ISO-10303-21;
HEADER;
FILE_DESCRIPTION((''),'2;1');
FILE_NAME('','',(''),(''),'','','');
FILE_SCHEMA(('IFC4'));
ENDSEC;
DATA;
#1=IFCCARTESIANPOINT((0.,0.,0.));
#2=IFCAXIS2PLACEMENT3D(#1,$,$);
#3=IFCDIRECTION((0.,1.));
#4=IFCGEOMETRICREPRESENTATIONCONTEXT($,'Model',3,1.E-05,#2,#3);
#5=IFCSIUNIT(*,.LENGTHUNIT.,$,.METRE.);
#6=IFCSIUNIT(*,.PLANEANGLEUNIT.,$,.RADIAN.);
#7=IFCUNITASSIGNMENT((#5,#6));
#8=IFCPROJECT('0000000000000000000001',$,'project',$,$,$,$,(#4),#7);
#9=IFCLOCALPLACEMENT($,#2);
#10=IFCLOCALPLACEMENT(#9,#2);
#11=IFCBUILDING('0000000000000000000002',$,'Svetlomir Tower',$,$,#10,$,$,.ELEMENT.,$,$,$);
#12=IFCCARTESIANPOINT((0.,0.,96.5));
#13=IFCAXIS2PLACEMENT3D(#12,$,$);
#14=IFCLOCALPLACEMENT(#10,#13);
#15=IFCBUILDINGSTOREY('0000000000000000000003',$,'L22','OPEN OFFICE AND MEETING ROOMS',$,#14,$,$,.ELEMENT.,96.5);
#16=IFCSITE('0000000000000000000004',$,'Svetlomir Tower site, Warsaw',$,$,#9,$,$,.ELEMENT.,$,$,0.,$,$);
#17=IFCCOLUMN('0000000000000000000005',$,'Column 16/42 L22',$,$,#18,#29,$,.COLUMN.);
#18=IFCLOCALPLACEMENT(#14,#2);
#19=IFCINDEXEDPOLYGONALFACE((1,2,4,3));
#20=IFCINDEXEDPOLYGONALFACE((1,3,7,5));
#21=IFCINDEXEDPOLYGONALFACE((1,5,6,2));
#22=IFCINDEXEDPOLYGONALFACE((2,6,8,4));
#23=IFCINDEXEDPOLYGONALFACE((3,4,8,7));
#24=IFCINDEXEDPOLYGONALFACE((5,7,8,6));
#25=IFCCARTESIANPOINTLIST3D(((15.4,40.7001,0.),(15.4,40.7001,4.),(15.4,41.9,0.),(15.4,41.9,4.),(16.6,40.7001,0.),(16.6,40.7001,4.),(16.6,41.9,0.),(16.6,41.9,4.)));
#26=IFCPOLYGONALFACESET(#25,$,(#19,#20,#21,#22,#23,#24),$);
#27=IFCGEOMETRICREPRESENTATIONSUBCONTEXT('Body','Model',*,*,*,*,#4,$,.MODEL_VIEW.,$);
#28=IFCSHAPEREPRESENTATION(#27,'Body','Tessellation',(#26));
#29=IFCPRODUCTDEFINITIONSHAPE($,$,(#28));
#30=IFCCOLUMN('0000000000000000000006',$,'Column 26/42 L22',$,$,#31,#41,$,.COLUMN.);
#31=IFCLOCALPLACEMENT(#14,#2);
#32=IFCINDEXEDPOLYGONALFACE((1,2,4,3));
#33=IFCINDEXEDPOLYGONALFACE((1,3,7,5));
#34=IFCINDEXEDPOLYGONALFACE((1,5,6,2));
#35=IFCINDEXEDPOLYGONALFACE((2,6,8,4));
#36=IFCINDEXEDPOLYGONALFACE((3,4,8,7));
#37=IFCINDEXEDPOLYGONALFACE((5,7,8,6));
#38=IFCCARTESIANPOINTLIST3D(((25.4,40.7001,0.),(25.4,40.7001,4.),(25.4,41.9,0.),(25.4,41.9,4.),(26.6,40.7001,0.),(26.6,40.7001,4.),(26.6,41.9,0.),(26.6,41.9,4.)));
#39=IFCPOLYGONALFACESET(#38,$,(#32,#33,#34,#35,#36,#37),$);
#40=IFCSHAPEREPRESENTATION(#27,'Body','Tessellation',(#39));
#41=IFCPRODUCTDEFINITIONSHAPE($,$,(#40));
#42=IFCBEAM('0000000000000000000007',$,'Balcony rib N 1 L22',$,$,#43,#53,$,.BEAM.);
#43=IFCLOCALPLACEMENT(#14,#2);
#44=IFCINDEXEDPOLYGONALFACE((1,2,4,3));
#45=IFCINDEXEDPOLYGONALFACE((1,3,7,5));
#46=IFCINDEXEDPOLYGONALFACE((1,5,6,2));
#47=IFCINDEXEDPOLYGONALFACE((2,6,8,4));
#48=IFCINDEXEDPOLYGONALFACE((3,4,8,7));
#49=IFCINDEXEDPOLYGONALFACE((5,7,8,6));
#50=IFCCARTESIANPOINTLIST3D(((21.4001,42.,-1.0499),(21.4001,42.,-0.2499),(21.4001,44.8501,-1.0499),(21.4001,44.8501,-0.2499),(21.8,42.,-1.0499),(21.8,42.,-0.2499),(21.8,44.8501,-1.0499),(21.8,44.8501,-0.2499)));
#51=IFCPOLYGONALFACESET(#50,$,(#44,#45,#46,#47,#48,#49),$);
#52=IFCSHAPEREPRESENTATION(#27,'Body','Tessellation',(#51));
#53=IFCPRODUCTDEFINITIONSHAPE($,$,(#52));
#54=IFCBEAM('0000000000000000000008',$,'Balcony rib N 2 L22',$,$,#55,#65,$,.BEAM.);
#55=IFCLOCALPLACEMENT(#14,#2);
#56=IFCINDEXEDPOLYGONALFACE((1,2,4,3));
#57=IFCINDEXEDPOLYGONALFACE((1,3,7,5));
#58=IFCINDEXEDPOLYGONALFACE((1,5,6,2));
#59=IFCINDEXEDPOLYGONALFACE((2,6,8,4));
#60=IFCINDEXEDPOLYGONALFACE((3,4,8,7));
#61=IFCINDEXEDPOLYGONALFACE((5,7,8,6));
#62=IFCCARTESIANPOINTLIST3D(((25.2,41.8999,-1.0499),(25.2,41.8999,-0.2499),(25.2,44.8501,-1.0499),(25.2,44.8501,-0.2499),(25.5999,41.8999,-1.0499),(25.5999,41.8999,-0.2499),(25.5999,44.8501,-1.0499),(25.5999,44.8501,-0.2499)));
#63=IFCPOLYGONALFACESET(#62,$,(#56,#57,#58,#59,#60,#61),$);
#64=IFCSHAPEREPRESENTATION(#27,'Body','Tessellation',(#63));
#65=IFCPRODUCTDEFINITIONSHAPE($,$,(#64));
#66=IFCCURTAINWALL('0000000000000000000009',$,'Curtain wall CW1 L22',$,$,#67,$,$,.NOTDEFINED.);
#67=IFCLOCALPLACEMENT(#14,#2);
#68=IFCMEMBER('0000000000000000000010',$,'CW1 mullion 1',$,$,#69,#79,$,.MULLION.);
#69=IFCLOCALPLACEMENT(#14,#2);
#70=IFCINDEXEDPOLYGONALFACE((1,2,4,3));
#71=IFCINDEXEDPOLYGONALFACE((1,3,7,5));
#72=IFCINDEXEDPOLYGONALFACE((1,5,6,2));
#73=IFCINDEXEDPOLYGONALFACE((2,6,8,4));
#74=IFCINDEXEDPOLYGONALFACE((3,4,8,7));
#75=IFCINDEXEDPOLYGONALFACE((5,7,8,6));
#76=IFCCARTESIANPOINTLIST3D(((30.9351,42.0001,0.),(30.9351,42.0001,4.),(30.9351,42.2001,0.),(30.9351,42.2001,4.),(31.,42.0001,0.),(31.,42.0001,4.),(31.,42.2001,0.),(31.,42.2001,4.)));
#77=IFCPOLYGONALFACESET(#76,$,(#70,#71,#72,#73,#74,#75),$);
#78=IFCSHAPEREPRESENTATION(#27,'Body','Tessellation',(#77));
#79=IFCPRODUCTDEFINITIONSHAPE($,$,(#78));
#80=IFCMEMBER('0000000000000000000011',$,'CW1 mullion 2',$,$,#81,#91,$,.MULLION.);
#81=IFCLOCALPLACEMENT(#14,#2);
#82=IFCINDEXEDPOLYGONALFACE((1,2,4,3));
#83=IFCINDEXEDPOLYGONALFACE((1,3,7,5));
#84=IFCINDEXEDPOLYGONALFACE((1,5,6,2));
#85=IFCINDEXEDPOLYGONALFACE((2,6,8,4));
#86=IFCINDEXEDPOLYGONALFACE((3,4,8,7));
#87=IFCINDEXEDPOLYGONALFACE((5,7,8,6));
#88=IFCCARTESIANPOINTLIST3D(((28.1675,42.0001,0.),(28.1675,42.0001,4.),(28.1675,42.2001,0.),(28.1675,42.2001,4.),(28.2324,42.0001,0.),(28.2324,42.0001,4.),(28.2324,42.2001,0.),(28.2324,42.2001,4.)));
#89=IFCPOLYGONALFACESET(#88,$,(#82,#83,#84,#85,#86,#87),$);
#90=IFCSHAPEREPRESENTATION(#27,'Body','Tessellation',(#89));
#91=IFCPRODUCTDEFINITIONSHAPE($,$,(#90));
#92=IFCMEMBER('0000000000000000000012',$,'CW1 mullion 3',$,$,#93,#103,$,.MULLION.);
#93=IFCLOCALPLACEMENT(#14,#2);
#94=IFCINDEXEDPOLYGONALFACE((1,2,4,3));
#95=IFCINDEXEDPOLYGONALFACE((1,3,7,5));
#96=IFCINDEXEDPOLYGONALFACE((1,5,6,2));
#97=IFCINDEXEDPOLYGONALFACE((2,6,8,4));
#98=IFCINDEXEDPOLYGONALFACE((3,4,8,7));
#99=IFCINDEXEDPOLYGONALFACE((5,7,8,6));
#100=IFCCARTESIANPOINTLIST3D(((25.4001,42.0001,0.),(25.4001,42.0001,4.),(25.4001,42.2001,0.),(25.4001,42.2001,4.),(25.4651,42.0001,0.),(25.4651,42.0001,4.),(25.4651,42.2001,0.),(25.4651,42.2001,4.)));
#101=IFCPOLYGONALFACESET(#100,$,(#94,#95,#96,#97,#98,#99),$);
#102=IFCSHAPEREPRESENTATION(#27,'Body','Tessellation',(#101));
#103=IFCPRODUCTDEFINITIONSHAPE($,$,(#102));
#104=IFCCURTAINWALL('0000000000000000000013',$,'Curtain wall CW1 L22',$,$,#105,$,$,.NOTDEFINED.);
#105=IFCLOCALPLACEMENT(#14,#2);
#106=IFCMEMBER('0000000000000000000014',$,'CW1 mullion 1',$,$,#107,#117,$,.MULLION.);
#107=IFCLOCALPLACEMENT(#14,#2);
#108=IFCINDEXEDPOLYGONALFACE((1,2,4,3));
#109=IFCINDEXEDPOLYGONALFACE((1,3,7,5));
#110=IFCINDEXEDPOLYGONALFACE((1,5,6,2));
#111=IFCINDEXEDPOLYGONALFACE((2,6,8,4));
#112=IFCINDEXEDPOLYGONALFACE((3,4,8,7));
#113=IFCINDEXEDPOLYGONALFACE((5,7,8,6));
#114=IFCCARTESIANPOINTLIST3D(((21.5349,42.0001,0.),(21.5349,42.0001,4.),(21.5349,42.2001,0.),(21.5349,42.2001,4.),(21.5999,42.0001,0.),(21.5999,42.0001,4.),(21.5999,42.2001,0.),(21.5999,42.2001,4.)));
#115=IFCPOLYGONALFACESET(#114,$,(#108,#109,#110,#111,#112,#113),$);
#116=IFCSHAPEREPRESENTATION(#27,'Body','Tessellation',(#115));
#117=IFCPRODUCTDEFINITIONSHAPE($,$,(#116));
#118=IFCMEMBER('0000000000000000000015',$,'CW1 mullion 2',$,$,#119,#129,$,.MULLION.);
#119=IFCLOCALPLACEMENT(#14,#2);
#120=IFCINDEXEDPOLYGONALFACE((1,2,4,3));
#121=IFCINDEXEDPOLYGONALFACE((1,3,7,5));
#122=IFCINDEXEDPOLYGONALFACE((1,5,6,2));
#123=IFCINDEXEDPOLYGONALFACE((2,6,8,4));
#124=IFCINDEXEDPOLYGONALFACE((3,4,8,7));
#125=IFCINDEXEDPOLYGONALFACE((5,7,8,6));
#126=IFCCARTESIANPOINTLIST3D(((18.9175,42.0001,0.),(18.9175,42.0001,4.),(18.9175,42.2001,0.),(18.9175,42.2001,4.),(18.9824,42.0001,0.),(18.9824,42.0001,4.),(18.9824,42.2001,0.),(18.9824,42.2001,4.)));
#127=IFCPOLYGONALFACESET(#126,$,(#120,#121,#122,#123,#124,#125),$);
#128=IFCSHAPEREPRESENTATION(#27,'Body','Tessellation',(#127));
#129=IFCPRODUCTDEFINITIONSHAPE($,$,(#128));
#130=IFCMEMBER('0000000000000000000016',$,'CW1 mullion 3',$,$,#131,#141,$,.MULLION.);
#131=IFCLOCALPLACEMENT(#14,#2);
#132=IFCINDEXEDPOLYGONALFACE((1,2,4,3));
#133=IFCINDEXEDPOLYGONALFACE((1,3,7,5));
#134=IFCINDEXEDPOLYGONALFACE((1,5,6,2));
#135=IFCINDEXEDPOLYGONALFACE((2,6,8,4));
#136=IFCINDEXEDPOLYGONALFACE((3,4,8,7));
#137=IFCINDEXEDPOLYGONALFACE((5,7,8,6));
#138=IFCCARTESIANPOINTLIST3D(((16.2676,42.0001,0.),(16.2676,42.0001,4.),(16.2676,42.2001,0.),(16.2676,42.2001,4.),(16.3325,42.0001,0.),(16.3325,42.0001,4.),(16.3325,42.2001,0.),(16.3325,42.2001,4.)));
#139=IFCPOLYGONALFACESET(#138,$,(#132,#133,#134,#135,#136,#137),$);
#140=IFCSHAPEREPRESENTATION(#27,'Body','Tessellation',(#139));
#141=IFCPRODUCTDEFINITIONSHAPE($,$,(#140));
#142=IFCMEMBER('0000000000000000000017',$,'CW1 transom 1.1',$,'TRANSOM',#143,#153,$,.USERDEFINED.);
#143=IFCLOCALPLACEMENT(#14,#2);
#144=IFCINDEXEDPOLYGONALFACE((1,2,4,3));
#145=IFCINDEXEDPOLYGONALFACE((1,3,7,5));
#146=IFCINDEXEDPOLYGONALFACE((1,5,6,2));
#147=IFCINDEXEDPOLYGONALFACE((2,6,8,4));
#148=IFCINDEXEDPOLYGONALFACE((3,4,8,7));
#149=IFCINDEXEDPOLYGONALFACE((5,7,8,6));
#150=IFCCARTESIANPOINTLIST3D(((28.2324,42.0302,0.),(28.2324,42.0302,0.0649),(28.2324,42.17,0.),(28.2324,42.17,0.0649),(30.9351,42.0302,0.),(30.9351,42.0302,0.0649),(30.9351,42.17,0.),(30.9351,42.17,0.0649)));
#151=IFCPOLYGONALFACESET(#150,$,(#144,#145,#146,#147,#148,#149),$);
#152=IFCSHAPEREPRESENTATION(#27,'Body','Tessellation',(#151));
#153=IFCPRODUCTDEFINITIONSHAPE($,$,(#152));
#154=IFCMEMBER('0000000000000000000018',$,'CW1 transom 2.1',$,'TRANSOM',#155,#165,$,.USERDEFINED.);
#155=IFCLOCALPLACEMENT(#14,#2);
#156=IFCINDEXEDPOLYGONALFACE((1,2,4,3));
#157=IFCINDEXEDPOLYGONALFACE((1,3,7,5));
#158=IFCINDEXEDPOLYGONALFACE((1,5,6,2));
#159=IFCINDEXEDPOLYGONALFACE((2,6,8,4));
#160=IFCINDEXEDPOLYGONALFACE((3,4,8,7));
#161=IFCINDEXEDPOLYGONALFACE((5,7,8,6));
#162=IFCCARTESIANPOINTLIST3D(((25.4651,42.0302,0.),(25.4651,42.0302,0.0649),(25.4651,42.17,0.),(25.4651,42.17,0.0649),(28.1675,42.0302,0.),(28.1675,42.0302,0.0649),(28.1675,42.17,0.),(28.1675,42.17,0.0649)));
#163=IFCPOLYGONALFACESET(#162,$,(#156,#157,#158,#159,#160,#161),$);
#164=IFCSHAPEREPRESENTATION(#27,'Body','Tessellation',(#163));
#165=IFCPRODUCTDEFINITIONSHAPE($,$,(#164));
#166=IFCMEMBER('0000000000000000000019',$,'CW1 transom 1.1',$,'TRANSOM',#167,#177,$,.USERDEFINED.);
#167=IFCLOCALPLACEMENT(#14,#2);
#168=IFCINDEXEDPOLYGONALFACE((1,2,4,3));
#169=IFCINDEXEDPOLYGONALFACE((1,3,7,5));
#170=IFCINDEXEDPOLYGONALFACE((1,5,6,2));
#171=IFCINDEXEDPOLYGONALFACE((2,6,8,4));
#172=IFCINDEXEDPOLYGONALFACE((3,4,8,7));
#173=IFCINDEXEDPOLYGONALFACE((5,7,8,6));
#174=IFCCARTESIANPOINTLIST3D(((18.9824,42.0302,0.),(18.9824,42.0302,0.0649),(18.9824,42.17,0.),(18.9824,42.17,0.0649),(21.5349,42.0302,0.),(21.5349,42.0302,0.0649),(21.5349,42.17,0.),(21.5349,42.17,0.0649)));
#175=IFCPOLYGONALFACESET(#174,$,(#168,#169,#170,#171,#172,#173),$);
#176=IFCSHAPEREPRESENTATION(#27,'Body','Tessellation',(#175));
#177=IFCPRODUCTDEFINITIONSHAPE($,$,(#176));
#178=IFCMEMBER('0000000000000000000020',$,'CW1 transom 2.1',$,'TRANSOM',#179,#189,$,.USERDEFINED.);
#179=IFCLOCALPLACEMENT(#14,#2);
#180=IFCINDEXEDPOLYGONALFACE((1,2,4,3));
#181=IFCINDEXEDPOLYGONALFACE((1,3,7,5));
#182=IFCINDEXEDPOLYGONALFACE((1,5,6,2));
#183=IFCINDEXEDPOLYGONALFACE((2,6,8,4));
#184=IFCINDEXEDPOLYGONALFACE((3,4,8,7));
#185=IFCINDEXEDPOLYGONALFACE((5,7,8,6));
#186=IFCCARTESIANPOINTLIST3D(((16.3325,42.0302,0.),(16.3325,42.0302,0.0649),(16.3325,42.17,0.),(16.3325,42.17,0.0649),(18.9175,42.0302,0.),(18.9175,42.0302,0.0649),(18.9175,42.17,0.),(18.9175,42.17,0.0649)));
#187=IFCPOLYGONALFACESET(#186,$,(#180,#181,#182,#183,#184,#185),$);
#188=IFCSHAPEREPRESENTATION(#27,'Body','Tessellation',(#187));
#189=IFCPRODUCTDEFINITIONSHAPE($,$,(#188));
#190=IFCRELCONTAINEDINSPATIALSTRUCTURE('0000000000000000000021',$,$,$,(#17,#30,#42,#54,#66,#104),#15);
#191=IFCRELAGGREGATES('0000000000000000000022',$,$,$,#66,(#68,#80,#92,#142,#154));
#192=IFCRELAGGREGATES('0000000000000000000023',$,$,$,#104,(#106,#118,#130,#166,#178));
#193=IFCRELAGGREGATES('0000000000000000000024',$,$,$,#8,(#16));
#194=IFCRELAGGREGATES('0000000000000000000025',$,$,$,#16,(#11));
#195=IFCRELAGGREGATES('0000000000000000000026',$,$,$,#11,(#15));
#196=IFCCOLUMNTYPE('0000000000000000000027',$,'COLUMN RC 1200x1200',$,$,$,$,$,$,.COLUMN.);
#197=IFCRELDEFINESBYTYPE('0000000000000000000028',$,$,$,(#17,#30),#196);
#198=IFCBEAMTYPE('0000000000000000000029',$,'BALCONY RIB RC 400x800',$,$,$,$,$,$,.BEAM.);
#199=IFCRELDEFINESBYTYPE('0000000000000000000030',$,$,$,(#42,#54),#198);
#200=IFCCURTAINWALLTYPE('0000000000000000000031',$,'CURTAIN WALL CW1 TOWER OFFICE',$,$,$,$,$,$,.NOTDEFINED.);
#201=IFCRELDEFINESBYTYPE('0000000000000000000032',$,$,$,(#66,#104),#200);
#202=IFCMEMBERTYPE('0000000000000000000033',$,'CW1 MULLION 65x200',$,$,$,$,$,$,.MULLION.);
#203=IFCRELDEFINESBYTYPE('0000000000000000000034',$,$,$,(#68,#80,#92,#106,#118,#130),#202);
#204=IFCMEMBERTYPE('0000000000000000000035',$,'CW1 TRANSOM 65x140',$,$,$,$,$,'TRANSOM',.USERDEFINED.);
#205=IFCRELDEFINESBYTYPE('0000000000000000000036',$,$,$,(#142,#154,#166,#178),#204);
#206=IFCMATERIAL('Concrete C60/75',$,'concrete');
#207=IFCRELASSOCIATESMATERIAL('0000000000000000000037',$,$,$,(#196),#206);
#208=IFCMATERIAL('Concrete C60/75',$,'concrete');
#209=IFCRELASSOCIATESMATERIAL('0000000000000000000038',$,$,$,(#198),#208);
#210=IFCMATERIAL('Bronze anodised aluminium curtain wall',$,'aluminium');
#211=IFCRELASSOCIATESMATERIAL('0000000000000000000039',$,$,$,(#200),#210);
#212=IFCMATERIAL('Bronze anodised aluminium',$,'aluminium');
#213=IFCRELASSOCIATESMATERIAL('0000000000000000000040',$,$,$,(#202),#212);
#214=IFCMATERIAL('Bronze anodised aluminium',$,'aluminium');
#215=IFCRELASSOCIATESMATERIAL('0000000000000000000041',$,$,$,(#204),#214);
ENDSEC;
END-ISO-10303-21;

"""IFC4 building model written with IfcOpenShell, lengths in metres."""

from ifc_helpers import new_model, si_unit, direction, frame, origin, origin_2d, place, context, subcontext, project, spatial, rectangle, extrude, material, material_profile, profile_set, type_object, element, aggregate, save


model = new_model("IFC4")

# Units and contexts
model_context = context("Model", 3, precision=1e-05, world=origin(), true_north=direction((0.0, 1.0)))
body_context = subcontext(model_context, "Body", "Model", "MODEL_VIEW")
ifc_project = project(units=[si_unit("LENGTHUNIT", "METRE"), si_unit("PLANEANGLEUNIT", "RADIAN")], contexts=[model_context])

# Site, building, storey
site_placement = place(None, origin())
site = spatial("IfcSite", under=ifc_project, at=site_placement, Name="Svetlomir Tower site, Warsaw", CompositionType="ELEMENT", RefElevation=0.0)
building_placement = place(site_placement, origin())
building = spatial("IfcBuilding", under=site, at=building_placement, Name="Svetlomir Tower", CompositionType="ELEMENT")
storey_placement = place(building_placement, frame((0.0, 0.0, 96.5)))
storey = spatial("IfcBuildingStorey", under=building, at=storey_placement, Name="L22", Description="OPEN OFFICE AND MEETING ROOMS", CompositionType="ELEMENT", Elevation=96.5)

# Columns
ifc_material_1 = material(Name="Concrete C60/75", Category="concrete")
ifc_material_profile_1 = material_profile(ifc_material_1, rectangle(XDim=1.2, YDim=1.2, at=origin_2d()), Name="RC 1200x1200")
ifc_profile_set_1 = profile_set([ifc_material_profile_1], Name="Concrete C60/75")
column_type = type_object("IfcColumnType", Name="COLUMN RC 1200x1200", PredefinedType="COLUMN", material=ifc_profile_set_1)
for number, where, z_axis, x_axis, name in (
    (1, (16.0, 41.3, 0.0), (0.0, 0.0, 1.0), (1.0, 0.0, 0.0), "Column 16/42 L22"),
    (2, (26.0, 41.3, 0.0), (0.0, 0.0, 1.0), (1.0, 0.0, 0.0), "Column 26/42 L22"),
):
    element("IfcColumn", number, at=place(storey_placement, frame(where, z_axis=z_axis, x_axis=x_axis)), inside=storey, type_object=column_type, Name=name, PredefinedType="COLUMN", context=body_context, shape_type="SweptSolid", body=[
        extrude(rectangle(XDim=1.2, YDim=1.2, at=origin_2d()), origin(), (0.0, 0.0, 1.0), 4.0),
    ])

# Beams
ifc_material_2 = material(Name="Concrete C60/75", Category="concrete")
ifc_material_profile_2 = material_profile(ifc_material_2, rectangle(XDim=0.3999, YDim=0.8, at=origin_2d()), Name="RC 400x800")
ifc_profile_set_2 = profile_set([ifc_material_profile_2], Name="Concrete C60/75")
beam_type_1 = type_object("IfcBeamType", Name="BALCONY RIB RC 400x800", PredefinedType="BEAM", material=ifc_profile_set_2)
beam_1_placement = place(storey_placement, frame((21.6001, 42.0, -0.6499), z_axis=(0.0, 1.0, 0.0), x_axis=(-1.0, 0.0, 0.0)))
element("IfcBeam", 3, at=beam_1_placement, inside=storey, type_object=beam_type_1, Name="Balcony rib N 1 L22", PredefinedType="BEAM", context=body_context, shape_type="SweptSolid", body=[
    extrude(rectangle(XDim=0.3999, YDim=0.8, at=origin_2d()), origin(), (0.0, 0.0, 1.0), 2.8501),
])
beam_2_placement = place(storey_placement, frame((25.3999, 41.8999, -0.6499), z_axis=(0.0, 1.0, 0.0), x_axis=(-1.0, 0.0, 0.0)))
element("IfcBeam", 4, at=beam_2_placement, inside=storey, type_object=beam_type_1, Name="Balcony rib N 2 L22", PredefinedType="BEAM", context=body_context, shape_type="SweptSolid", body=[
    extrude(rectangle(XDim=0.3999, YDim=0.8, at=origin_2d()), origin(), (0.0, 0.0, 1.0), 2.9502),
])

# Curtain walls, members
ifc_material_3 = material(Name="Bronze anodised aluminium curtain wall", Category="aluminium")
curtain_wall_type = type_object("IfcCurtainWallType", Name="CURTAIN WALL CW1 TOWER OFFICE", PredefinedType="NOTDEFINED", material=ifc_material_3)
curtain_wall_1_placement = place(storey_placement, origin())
curtain_wall_1 = element("IfcCurtainWall", 5, at=curtain_wall_1_placement, inside=storey, type_object=curtain_wall_type, Name="Curtain wall CW1 L22", PredefinedType="NOTDEFINED")
ifc_material_4 = material(Name="Bronze anodised aluminium", Category="aluminium")
ifc_material_profile_3 = material_profile(ifc_material_4, rectangle(XDim=0.0649, YDim=0.2, at=origin_2d()), Name="AL 65x200")
ifc_profile_set_3 = profile_set([ifc_material_profile_3], Name="Bronze anodised aluminium 6063-T6")
member_type_1 = type_object("IfcMemberType", Name="CW1 MULLION 65x200", PredefinedType="MULLION", material=ifc_profile_set_3)
member_1_placement = place(storey_placement, frame((30.9675, 42.1001, 0.0), z_axis=(0.0, 0.0, 1.0), x_axis=(-1.0, 0.0, 0.0)))
member_1 = element("IfcMember", 6, at=member_1_placement, type_object=member_type_1, Name="CW1 mullion 1", PredefinedType="MULLION", context=body_context, shape_type="SweptSolid", body=[
    extrude(rectangle(XDim=0.0649, YDim=0.2, at=origin_2d()), origin(), (0.0, 0.0, 1.0), 4.0),
])
member_2_placement = place(storey_placement, frame((28.2, 42.1001, 0.0), z_axis=(0.0, 0.0, 1.0), x_axis=(-1.0, 0.0, 0.0)))
member_2 = element("IfcMember", 7, at=member_2_placement, type_object=member_type_1, Name="CW1 mullion 2", PredefinedType="MULLION", context=body_context, shape_type="SweptSolid", body=[
    extrude(rectangle(XDim=0.0649, YDim=0.2, at=origin_2d()), origin(), (0.0, 0.0, 1.0), 4.0),
])
member_3_placement = place(storey_placement, frame((25.4326, 42.1001, 0.0), z_axis=(0.0, 0.0, 1.0), x_axis=(-1.0, 0.0, 0.0)))
member_3 = element("IfcMember", 8, at=member_3_placement, type_object=member_type_1, Name="CW1 mullion 3", PredefinedType="MULLION", context=body_context, shape_type="SweptSolid", body=[
    extrude(rectangle(XDim=0.0649, YDim=0.2, at=origin_2d()), origin(), (0.0, 0.0, 1.0), 4.0),
])
curtain_wall_2_placement = place(storey_placement, origin())
curtain_wall_2 = element("IfcCurtainWall", 9, at=curtain_wall_2_placement, inside=storey, type_object=curtain_wall_type, Name="Curtain wall CW1 L22", PredefinedType="NOTDEFINED")
member_4_placement = place(storey_placement, frame((21.5674, 42.1001, 0.0), z_axis=(0.0, 0.0, 1.0), x_axis=(-1.0, 0.0, 0.0)))
member_4 = element("IfcMember", 10, at=member_4_placement, type_object=member_type_1, Name="CW1 mullion 1", PredefinedType="MULLION", context=body_context, shape_type="SweptSolid", body=[
    extrude(rectangle(XDim=0.0649, YDim=0.2, at=origin_2d()), origin(), (0.0, 0.0, 1.0), 4.0),
])
member_5_placement = place(storey_placement, frame((18.95, 42.1001, 0.0), z_axis=(0.0, 0.0, 1.0), x_axis=(-1.0, 0.0, 0.0)))
member_5 = element("IfcMember", 11, at=member_5_placement, type_object=member_type_1, Name="CW1 mullion 2", PredefinedType="MULLION", context=body_context, shape_type="SweptSolid", body=[
    extrude(rectangle(XDim=0.0649, YDim=0.2, at=origin_2d()), origin(), (0.0, 0.0, 1.0), 4.0),
])
member_6_placement = place(storey_placement, frame((16.3, 42.1001, 0.0), z_axis=(0.0, 0.0, 1.0), x_axis=(-1.0, 0.0, 0.0)))
member_6 = element("IfcMember", 12, at=member_6_placement, type_object=member_type_1, Name="CW1 mullion 3", PredefinedType="MULLION", context=body_context, shape_type="SweptSolid", body=[
    extrude(rectangle(XDim=0.0649, YDim=0.2, at=origin_2d()), origin(), (0.0, 0.0, 1.0), 4.0),
])

# Members
ifc_material_5 = material(Name="Bronze anodised aluminium", Category="aluminium")
ifc_material_profile_4 = material_profile(ifc_material_5, rectangle(XDim=0.1399, YDim=0.0649, at=origin_2d()), Name="AL 140x65")
ifc_profile_set_4 = profile_set([ifc_material_profile_4], Name="Bronze anodised aluminium 6063-T6")
member_type_2 = type_object("IfcMemberType", Name="CW1 TRANSOM 65x140", ElementType="TRANSOM", PredefinedType="USERDEFINED", material=ifc_profile_set_4)
member_7_placement = place(storey_placement, frame((30.9351, 42.1001, 0.0325), z_axis=(-1.0, 0.0, 0.0), x_axis=(0.0, -1.0, 0.0)))
member_7 = element("IfcMember", 13, at=member_7_placement, type_object=member_type_2, Name="CW1 transom 1.1", ObjectType="TRANSOM", PredefinedType="USERDEFINED", context=body_context, shape_type="SweptSolid", body=[
    extrude(rectangle(XDim=0.1399, YDim=0.0649, at=origin_2d()), origin(), (0.0, 0.0, 1.0), 2.7026),
])
member_8_placement = place(storey_placement, frame((28.1675, 42.1001, 0.0325), z_axis=(-1.0, 0.0, 0.0), x_axis=(0.0, -1.0, 0.0)))
member_8 = element("IfcMember", 14, at=member_8_placement, type_object=member_type_2, Name="CW1 transom 2.1", ObjectType="TRANSOM", PredefinedType="USERDEFINED", context=body_context, shape_type="SweptSolid", body=[
    extrude(rectangle(XDim=0.1399, YDim=0.0649, at=origin_2d()), origin(), (0.0, 0.0, 1.0), 2.7024),
])
member_9_placement = place(storey_placement, frame((21.5349, 42.1001, 0.0325), z_axis=(-1.0, 0.0, 0.0), x_axis=(0.0, -1.0, 0.0)))
member_9 = element("IfcMember", 15, at=member_9_placement, type_object=member_type_2, Name="CW1 transom 1.1", ObjectType="TRANSOM", PredefinedType="USERDEFINED", context=body_context, shape_type="SweptSolid", body=[
    extrude(rectangle(XDim=0.1399, YDim=0.0649, at=origin_2d()), origin(), (0.0, 0.0, 1.0), 2.5525),
])
member_10_placement = place(storey_placement, frame((18.9175, 42.1001, 0.0325), z_axis=(-1.0, 0.0, 0.0), x_axis=(0.0, -1.0, 0.0)))
member_10 = element("IfcMember", 16, at=member_10_placement, type_object=member_type_2, Name="CW1 transom 2.1", ObjectType="TRANSOM", PredefinedType="USERDEFINED", context=body_context, shape_type="SweptSolid", body=[
    extrude(rectangle(XDim=0.1399, YDim=0.0649, at=origin_2d()), origin(), (0.0, 0.0, 1.0), 2.585),
])

aggregate(curtain_wall_1, [member_1, member_2, member_3, member_7, member_8])
aggregate(curtain_wall_2, [member_4, member_5, member_6, member_9, member_10])

save(model, "model.ifc")
